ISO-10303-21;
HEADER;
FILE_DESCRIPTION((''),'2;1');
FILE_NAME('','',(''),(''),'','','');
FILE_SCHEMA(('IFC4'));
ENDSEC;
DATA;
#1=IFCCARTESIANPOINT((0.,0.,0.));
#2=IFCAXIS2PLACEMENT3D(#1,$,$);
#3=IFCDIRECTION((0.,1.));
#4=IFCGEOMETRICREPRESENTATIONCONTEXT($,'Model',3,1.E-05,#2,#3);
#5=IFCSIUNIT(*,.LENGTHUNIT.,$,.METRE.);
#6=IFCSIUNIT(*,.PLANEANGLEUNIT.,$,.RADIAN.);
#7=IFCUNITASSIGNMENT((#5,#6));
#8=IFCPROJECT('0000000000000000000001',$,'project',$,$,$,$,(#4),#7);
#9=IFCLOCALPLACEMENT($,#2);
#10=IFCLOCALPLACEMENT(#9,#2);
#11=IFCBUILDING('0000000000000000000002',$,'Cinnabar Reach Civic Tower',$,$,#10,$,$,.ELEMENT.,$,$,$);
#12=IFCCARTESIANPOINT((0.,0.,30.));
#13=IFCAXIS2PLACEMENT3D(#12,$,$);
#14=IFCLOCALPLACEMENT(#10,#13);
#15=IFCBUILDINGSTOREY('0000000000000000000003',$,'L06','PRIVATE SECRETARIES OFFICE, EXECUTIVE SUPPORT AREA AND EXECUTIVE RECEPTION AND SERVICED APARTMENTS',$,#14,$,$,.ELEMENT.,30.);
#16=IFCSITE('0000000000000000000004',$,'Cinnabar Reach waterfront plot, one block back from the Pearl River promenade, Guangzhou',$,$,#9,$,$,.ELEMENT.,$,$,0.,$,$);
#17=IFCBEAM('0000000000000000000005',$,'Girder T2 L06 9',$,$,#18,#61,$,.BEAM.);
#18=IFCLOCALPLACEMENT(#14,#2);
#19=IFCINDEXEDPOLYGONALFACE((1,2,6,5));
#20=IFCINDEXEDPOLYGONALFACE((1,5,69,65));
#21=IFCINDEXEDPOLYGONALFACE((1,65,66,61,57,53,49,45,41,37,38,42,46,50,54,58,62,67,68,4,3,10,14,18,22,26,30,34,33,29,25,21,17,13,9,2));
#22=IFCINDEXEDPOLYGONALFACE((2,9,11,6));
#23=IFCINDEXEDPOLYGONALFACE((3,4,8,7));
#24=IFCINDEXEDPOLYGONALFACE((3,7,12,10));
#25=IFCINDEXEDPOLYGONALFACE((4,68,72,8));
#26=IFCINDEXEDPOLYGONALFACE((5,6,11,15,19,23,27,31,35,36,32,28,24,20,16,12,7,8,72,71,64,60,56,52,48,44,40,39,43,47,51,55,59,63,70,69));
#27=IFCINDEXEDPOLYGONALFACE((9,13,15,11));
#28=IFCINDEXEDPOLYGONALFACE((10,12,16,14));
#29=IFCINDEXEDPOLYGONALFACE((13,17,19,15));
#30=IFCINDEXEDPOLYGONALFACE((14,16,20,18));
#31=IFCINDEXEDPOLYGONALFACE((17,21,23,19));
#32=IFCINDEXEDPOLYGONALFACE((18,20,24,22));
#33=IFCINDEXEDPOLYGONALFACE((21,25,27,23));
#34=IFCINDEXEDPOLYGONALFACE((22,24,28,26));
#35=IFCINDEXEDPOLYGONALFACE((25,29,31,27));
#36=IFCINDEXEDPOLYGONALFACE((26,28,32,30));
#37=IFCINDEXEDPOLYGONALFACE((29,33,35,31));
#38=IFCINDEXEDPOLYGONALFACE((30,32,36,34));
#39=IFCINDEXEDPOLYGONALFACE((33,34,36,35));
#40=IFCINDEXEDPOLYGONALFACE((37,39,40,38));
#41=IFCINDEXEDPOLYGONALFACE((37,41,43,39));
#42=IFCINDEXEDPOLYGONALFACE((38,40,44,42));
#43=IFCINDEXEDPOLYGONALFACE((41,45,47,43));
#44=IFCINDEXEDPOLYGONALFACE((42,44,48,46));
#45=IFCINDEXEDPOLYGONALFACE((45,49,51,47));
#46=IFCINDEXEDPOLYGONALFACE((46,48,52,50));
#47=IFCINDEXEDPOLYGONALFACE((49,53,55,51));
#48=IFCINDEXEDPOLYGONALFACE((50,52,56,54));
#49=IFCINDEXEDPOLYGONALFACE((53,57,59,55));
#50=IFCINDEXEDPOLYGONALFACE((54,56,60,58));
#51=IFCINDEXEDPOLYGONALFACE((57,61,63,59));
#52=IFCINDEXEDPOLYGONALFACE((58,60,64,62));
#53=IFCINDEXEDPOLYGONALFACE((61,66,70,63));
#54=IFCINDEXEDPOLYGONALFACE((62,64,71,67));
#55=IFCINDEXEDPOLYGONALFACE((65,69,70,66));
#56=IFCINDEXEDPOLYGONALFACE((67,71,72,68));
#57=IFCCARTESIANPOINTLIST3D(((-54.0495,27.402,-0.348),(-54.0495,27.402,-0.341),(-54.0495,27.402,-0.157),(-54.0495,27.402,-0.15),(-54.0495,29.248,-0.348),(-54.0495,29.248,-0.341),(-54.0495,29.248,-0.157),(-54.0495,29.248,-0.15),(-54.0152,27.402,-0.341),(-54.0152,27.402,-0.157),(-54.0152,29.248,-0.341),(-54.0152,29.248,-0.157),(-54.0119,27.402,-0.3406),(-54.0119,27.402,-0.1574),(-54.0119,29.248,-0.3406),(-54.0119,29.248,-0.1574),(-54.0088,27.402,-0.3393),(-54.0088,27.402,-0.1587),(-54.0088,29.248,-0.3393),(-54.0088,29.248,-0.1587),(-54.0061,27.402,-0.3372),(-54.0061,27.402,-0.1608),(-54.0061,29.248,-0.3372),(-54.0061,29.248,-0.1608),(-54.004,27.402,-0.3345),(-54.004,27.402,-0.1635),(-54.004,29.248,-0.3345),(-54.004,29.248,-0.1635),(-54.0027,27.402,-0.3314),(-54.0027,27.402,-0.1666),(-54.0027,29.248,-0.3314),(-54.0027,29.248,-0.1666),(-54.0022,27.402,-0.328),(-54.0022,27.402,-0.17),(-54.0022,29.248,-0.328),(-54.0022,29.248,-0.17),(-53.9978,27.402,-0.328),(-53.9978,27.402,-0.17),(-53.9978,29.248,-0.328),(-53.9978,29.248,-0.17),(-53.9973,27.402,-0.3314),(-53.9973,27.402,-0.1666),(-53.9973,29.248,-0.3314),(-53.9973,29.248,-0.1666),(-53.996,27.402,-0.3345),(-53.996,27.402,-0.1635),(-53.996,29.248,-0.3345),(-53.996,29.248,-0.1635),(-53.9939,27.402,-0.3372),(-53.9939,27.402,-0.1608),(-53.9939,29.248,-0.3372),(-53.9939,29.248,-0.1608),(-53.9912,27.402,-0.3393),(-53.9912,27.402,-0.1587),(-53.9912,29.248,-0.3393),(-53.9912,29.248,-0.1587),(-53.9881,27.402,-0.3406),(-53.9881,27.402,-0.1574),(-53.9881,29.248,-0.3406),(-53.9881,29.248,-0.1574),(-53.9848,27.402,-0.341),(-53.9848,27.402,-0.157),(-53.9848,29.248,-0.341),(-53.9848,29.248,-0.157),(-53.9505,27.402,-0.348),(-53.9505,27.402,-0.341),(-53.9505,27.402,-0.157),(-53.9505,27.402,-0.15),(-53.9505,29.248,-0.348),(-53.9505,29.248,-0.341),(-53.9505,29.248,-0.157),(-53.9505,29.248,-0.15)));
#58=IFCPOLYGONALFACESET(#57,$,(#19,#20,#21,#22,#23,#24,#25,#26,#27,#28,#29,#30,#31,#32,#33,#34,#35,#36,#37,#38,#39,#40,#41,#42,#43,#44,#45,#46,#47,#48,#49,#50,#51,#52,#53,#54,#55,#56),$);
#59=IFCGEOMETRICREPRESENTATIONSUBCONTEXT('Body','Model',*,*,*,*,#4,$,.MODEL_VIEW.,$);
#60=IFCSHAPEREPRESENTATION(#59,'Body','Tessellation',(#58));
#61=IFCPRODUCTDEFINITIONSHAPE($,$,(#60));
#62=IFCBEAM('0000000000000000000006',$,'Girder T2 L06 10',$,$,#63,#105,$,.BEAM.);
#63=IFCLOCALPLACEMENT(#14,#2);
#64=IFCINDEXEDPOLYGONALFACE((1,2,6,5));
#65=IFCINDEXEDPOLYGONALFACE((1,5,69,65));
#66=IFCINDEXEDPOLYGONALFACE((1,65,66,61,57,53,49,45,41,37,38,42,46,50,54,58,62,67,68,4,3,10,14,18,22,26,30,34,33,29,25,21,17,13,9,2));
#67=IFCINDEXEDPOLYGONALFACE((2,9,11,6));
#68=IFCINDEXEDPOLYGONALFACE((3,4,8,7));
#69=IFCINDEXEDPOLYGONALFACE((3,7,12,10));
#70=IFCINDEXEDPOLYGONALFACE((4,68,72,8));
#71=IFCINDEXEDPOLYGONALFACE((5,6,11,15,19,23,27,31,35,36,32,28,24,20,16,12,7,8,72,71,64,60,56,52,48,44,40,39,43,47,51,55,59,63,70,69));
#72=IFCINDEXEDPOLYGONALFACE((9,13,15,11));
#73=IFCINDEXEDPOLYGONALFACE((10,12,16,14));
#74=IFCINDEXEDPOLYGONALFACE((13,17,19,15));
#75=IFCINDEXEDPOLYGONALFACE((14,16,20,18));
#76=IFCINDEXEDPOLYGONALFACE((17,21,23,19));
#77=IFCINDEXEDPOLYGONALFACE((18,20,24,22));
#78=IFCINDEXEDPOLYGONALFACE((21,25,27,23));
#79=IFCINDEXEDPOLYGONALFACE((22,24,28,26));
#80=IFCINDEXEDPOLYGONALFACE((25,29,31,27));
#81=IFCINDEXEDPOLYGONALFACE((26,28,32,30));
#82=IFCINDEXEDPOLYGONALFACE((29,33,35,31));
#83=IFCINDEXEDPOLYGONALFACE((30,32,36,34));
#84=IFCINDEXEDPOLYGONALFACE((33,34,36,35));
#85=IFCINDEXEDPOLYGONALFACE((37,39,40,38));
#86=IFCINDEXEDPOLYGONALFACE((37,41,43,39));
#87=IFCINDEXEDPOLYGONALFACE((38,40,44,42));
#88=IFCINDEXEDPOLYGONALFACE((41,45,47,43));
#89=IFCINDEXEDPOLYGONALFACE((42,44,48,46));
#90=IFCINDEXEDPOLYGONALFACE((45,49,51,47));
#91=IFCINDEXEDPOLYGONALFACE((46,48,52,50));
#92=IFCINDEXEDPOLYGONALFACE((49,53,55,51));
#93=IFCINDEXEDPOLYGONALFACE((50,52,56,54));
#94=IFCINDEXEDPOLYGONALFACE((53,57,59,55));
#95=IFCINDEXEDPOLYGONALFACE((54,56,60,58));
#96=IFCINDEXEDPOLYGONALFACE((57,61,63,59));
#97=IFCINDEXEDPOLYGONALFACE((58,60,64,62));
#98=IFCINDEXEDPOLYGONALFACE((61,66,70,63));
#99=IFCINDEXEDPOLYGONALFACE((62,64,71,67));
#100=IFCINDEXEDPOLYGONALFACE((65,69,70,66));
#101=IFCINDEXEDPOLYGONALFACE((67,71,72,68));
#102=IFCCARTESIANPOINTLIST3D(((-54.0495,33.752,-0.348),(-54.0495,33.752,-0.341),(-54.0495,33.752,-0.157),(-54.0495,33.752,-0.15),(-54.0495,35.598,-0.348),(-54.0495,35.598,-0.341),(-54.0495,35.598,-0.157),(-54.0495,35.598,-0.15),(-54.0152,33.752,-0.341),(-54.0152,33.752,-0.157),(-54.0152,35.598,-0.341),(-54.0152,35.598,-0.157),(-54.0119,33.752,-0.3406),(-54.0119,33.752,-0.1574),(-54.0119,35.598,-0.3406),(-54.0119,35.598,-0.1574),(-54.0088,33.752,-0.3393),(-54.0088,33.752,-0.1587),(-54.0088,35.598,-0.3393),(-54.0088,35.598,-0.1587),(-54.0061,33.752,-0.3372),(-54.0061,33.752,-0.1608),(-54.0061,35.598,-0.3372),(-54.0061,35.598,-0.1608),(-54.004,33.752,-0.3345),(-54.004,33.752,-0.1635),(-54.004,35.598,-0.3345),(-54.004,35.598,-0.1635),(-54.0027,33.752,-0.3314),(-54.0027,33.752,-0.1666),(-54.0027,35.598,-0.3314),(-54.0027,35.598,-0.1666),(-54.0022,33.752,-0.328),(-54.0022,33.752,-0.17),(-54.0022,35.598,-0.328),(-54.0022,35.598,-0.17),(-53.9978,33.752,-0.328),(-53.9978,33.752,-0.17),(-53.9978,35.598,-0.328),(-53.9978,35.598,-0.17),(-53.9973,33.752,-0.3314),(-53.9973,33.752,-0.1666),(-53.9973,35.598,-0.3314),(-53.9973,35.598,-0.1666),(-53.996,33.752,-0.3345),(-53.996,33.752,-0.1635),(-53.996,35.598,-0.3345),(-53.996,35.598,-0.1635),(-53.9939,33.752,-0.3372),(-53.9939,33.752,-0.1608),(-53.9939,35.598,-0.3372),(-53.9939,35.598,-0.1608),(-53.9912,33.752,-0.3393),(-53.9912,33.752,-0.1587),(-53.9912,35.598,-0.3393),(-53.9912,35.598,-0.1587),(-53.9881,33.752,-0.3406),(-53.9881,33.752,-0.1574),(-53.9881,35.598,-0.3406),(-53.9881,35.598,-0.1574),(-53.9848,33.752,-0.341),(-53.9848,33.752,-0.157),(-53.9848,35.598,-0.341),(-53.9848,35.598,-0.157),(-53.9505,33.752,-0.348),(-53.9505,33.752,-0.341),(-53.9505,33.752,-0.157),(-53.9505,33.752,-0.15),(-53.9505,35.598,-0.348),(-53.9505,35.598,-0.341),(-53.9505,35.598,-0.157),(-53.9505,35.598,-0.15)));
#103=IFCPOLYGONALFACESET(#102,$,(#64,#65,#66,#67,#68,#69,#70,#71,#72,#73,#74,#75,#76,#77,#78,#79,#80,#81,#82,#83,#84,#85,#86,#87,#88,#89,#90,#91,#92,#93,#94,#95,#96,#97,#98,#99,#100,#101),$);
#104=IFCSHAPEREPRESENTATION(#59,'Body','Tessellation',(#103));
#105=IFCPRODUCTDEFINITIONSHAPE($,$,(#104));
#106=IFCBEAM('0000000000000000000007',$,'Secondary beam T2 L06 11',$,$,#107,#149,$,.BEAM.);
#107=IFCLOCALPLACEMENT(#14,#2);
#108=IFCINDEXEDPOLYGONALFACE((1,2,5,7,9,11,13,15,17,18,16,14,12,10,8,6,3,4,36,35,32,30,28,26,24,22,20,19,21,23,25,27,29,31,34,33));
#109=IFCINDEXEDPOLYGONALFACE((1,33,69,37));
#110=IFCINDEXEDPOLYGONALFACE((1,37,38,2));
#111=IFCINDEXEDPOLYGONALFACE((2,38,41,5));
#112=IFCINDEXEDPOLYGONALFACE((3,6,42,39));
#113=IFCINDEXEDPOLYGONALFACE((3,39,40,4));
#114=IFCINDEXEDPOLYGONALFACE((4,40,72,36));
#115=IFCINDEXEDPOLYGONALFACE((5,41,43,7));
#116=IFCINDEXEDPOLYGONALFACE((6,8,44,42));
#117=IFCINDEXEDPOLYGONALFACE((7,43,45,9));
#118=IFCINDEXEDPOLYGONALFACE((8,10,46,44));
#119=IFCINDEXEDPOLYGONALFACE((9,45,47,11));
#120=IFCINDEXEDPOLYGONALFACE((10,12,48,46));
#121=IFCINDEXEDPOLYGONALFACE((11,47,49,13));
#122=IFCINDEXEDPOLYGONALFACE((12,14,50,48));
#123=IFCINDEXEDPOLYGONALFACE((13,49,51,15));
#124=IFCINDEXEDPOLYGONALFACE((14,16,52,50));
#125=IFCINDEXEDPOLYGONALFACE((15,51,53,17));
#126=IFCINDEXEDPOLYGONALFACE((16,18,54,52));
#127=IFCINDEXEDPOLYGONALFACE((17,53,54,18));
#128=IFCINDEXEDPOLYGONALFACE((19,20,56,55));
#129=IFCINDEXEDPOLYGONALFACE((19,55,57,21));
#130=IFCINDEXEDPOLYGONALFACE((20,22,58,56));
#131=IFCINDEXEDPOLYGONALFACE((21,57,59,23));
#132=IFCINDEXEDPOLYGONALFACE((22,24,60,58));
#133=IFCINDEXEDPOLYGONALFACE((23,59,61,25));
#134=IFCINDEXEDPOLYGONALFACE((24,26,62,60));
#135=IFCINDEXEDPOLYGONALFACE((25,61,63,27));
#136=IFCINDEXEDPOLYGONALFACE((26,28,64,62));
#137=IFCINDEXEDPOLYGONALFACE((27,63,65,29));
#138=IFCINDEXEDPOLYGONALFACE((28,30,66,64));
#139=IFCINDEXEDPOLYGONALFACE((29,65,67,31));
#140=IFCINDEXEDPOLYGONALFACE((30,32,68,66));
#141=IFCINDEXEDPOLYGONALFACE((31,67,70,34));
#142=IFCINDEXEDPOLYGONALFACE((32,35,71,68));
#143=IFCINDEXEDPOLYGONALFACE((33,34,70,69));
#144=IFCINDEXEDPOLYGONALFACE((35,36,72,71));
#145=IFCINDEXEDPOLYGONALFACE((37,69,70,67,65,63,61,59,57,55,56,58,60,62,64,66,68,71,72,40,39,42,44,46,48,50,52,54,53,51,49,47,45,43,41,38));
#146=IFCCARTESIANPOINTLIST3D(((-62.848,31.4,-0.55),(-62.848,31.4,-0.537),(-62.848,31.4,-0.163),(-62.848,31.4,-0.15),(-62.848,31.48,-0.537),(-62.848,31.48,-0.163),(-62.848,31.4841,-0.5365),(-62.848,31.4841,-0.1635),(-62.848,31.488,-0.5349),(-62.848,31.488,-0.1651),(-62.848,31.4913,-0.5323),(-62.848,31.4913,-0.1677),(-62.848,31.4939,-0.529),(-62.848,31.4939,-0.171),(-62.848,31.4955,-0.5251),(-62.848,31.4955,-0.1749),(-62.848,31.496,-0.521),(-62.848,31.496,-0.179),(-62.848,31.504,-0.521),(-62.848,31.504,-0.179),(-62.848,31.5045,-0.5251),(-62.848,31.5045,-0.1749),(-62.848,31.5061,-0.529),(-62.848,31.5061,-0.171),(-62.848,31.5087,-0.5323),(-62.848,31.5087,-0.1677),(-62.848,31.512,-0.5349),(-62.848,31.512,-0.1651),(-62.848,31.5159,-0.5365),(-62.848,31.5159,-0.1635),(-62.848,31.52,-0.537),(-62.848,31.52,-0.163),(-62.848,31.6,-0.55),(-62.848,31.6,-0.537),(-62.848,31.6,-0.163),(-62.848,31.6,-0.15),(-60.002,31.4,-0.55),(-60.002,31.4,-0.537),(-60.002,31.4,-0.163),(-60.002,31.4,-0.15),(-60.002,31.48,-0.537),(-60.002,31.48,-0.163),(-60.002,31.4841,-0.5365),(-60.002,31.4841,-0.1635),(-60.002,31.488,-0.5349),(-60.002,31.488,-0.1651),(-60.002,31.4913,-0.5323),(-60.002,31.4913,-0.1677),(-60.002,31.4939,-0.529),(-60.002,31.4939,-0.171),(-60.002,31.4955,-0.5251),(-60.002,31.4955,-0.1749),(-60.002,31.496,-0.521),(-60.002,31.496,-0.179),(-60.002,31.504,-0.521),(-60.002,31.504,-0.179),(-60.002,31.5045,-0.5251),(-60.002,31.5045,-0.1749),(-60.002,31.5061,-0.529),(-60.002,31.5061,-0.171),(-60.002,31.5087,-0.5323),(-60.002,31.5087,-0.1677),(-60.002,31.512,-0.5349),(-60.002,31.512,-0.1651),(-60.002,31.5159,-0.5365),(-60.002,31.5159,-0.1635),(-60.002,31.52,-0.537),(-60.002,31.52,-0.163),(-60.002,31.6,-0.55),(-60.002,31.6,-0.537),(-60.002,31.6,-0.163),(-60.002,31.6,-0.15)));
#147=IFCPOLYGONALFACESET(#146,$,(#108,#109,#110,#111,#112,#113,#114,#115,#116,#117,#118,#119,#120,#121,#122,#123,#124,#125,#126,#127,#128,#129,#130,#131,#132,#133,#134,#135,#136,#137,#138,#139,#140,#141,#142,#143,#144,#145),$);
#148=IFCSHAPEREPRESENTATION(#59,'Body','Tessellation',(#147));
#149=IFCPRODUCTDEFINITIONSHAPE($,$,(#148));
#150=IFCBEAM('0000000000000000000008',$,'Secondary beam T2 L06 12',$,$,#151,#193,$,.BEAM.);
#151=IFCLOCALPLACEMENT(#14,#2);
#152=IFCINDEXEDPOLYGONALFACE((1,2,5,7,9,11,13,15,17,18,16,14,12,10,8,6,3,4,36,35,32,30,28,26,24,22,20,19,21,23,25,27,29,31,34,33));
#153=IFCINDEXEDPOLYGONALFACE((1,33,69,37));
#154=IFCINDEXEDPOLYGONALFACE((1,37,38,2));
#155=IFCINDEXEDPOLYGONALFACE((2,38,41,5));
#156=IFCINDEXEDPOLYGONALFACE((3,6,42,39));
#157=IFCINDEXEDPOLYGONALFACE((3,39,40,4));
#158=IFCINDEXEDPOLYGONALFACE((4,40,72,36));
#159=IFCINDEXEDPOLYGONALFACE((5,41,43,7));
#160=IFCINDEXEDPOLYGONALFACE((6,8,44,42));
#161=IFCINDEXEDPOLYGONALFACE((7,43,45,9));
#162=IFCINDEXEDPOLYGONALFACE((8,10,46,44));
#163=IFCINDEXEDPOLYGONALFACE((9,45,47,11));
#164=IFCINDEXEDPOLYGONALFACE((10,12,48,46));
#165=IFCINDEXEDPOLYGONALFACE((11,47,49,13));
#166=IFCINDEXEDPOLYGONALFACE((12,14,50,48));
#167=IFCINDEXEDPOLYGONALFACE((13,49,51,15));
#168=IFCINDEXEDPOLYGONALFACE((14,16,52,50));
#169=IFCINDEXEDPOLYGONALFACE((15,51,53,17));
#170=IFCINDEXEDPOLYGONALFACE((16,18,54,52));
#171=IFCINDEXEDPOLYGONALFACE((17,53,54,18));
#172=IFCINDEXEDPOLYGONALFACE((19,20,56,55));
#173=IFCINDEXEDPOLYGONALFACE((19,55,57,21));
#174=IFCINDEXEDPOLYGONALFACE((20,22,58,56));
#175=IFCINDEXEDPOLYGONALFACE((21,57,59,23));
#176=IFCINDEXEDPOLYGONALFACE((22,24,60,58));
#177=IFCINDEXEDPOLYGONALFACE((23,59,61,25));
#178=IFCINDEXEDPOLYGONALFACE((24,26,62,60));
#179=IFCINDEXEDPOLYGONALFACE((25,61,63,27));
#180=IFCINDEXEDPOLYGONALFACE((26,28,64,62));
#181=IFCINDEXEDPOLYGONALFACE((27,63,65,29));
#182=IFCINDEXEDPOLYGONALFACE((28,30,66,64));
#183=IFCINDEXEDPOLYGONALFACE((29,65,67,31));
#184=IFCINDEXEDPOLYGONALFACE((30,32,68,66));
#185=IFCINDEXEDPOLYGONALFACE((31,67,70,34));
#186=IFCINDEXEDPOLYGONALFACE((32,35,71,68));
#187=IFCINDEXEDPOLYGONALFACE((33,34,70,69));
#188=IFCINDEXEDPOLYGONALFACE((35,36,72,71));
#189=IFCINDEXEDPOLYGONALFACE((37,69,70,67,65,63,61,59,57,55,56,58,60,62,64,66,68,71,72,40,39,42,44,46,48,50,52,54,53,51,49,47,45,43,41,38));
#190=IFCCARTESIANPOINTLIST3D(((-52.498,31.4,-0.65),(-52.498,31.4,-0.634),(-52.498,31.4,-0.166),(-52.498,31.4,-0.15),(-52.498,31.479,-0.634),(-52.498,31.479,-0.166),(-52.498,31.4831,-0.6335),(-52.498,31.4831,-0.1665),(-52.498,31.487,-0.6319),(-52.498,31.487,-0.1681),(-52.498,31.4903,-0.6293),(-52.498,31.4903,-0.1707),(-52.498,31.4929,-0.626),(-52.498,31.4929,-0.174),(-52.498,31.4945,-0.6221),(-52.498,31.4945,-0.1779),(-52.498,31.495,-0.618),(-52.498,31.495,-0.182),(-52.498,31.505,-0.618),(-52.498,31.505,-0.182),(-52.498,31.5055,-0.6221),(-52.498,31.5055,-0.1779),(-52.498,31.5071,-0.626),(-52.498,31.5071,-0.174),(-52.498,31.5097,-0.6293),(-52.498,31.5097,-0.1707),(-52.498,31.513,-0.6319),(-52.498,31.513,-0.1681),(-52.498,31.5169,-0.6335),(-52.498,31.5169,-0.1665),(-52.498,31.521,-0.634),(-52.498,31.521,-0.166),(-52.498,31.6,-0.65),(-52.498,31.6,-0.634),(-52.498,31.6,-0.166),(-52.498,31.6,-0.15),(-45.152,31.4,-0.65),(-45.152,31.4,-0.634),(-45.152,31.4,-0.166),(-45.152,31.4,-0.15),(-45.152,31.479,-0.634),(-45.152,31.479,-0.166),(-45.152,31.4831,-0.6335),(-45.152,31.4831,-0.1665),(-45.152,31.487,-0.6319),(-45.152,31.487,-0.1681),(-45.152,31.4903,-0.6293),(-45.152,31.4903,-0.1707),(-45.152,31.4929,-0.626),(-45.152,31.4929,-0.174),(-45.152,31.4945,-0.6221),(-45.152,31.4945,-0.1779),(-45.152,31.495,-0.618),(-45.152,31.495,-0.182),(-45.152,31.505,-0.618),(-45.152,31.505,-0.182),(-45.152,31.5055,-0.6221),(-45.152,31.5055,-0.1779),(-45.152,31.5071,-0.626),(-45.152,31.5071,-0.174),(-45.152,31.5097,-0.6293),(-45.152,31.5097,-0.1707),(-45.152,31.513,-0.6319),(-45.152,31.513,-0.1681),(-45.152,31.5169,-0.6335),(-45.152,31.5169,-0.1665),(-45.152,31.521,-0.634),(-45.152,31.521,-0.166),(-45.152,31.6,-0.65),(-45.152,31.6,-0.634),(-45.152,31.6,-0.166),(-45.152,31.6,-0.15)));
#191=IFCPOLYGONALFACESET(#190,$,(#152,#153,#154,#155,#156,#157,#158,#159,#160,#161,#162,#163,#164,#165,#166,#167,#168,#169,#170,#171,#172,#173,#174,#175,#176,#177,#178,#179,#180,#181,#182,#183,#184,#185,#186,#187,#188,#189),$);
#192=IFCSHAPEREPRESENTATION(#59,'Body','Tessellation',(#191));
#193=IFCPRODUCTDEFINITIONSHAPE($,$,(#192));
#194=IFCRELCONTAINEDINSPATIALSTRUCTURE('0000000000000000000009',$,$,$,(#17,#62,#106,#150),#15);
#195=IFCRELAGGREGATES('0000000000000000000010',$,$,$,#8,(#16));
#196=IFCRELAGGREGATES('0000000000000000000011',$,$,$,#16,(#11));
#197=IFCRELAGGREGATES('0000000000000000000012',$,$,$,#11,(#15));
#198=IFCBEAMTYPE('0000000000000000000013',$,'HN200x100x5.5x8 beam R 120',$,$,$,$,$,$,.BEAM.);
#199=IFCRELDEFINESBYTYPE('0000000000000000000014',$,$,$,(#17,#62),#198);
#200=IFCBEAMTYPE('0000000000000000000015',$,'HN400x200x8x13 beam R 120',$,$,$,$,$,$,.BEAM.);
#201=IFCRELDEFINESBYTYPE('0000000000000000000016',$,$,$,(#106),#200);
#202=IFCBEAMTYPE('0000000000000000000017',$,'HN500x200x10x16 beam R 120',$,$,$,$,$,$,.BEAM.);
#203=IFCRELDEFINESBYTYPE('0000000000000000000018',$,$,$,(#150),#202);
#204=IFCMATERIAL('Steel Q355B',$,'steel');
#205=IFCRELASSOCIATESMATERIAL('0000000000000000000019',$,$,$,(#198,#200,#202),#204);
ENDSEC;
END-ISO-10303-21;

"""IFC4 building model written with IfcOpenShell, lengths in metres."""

from ifc_helpers import new_model, si_unit, direction, frame, origin, origin_2d, place, context, subcontext, project, spatial, i_section, extrude, material, material_profile, profile_set, type_object, element, save


model = new_model("IFC4")

# Units and contexts
model_context = context("Model", 3, precision=1e-05, world=origin(), true_north=direction((0.0, 1.0)))
body_context = subcontext(model_context, "Body", "Model", "MODEL_VIEW")
ifc_project = project(units=[si_unit("LENGTHUNIT", "METRE"), si_unit("PLANEANGLEUNIT", "RADIAN")], contexts=[model_context])

# Site, building, storey
site_placement = place(None, origin())
site = spatial("IfcSite", under=ifc_project, at=site_placement, Name="Cinnabar Reach waterfront plot, one block back from the Pearl River promenade, Guangzhou", CompositionType="ELEMENT", RefElevation=0.0)
building_placement = place(site_placement, origin())
building = spatial("IfcBuilding", under=site, at=building_placement, Name="Cinnabar Reach Civic Tower", CompositionType="ELEMENT")
storey_placement = place(building_placement, frame((0.0, 0.0, 30.0)))
storey = spatial("IfcBuildingStorey", under=building, at=storey_placement, Name="L06", Description="PRIVATE SECRETARIES OFFICE, EXECUTIVE SUPPORT AREA AND EXECUTIVE RECEPTION AND SERVICED APARTMENTS", CompositionType="ELEMENT", Elevation=30.0)

# Beams
ifc_material_1 = material(Name="Steel Q355B", Category="steel")
ifc_material_profile_1 = material_profile(ifc_material_1, i_section(OverallWidth=0.099, OverallDepth=0.198, WebThickness=0.0045, FlangeThickness=0.007, FilletRadius=0.013, at=origin_2d()), Name="HN200x100x5.5x8")
ifc_profile_set_1 = profile_set([ifc_material_profile_1], Name="Steel Q355B")
beam_type_1 = type_object("IfcBeamType", Name="HN200x100x5.5x8 beam R 120", PredefinedType="BEAM", material=ifc_profile_set_1)
for number, where, z_axis, x_axis, name in (
    (1, (-54.0, 27.402, -0.249), (0.0, 1.0, 0.0), (-1.0, 0.0, 0.0), "Girder T2 L06 9"),
    (2, (-54.0, 33.752, -0.249), (0.0, 1.0, 0.0), (-1.0, 0.0, 0.0), "Girder T2 L06 10"),
):
    element("IfcBeam", number, at=place(storey_placement, frame(where, z_axis=z_axis, x_axis=x_axis)), inside=storey, type_object=beam_type_1, Name=name, PredefinedType="BEAM", context=body_context, shape_type="SweptSolid", body=[
        extrude(i_section(OverallWidth=0.099, OverallDepth=0.198, WebThickness=0.0045, FlangeThickness=0.007, FilletRadius=0.013, at=origin_2d()), origin(), (0.0, 0.0, 1.0), 1.846),
    ])
ifc_material_profile_2 = material_profile(ifc_material_1, i_section(OverallWidth=0.2, OverallDepth=0.4, WebThickness=0.008, FlangeThickness=0.013, FilletRadius=0.016, at=origin_2d()), Name="HN400x200x8x13")
ifc_profile_set_2 = profile_set([ifc_material_profile_2], Name="Steel Q355B")
beam_type_2 = type_object("IfcBeamType", Name="HN400x200x8x13 beam R 120", PredefinedType="BEAM", material=ifc_profile_set_2)
beam_1_placement = place(storey_placement, frame((-62.848, 31.5, -0.35), z_axis=(1.0, 0.0, 0.0), x_axis=(0.0, 1.0, 0.0)))
element("IfcBeam", 3, at=beam_1_placement, inside=storey, type_object=beam_type_2, Name="Secondary beam T2 L06 11", PredefinedType="BEAM", context=body_context, shape_type="SweptSolid", body=[
    extrude(i_section(OverallWidth=0.2, OverallDepth=0.4, WebThickness=0.008, FlangeThickness=0.013, FilletRadius=0.016, at=origin_2d()), origin(), (0.0, 0.0, 1.0), 2.846),
])
ifc_material_profile_3 = material_profile(ifc_material_1, i_section(OverallWidth=0.2, OverallDepth=0.5, WebThickness=0.01, FlangeThickness=0.016, FilletRadius=0.016, at=origin_2d()), Name="HN500x200x10x16")
ifc_profile_set_3 = profile_set([ifc_material_profile_3], Name="Steel Q355B")
beam_type_3 = type_object("IfcBeamType", Name="HN500x200x10x16 beam R 120", PredefinedType="BEAM", material=ifc_profile_set_3)
beam_2_placement = place(storey_placement, frame((-52.498, 31.5, -0.4), z_axis=(1.0, 0.0, 0.0), x_axis=(0.0, 1.0, 0.0)))
element("IfcBeam", 4, at=beam_2_placement, inside=storey, type_object=beam_type_3, Name="Secondary beam T2 L06 12", PredefinedType="BEAM", context=body_context, shape_type="SweptSolid", body=[
    extrude(i_section(OverallWidth=0.2, OverallDepth=0.5, WebThickness=0.01, FlangeThickness=0.016, FilletRadius=0.016, at=origin_2d()), origin(), (0.0, 0.0, 1.0), 7.346),
])

save(model, "model.ifc")
